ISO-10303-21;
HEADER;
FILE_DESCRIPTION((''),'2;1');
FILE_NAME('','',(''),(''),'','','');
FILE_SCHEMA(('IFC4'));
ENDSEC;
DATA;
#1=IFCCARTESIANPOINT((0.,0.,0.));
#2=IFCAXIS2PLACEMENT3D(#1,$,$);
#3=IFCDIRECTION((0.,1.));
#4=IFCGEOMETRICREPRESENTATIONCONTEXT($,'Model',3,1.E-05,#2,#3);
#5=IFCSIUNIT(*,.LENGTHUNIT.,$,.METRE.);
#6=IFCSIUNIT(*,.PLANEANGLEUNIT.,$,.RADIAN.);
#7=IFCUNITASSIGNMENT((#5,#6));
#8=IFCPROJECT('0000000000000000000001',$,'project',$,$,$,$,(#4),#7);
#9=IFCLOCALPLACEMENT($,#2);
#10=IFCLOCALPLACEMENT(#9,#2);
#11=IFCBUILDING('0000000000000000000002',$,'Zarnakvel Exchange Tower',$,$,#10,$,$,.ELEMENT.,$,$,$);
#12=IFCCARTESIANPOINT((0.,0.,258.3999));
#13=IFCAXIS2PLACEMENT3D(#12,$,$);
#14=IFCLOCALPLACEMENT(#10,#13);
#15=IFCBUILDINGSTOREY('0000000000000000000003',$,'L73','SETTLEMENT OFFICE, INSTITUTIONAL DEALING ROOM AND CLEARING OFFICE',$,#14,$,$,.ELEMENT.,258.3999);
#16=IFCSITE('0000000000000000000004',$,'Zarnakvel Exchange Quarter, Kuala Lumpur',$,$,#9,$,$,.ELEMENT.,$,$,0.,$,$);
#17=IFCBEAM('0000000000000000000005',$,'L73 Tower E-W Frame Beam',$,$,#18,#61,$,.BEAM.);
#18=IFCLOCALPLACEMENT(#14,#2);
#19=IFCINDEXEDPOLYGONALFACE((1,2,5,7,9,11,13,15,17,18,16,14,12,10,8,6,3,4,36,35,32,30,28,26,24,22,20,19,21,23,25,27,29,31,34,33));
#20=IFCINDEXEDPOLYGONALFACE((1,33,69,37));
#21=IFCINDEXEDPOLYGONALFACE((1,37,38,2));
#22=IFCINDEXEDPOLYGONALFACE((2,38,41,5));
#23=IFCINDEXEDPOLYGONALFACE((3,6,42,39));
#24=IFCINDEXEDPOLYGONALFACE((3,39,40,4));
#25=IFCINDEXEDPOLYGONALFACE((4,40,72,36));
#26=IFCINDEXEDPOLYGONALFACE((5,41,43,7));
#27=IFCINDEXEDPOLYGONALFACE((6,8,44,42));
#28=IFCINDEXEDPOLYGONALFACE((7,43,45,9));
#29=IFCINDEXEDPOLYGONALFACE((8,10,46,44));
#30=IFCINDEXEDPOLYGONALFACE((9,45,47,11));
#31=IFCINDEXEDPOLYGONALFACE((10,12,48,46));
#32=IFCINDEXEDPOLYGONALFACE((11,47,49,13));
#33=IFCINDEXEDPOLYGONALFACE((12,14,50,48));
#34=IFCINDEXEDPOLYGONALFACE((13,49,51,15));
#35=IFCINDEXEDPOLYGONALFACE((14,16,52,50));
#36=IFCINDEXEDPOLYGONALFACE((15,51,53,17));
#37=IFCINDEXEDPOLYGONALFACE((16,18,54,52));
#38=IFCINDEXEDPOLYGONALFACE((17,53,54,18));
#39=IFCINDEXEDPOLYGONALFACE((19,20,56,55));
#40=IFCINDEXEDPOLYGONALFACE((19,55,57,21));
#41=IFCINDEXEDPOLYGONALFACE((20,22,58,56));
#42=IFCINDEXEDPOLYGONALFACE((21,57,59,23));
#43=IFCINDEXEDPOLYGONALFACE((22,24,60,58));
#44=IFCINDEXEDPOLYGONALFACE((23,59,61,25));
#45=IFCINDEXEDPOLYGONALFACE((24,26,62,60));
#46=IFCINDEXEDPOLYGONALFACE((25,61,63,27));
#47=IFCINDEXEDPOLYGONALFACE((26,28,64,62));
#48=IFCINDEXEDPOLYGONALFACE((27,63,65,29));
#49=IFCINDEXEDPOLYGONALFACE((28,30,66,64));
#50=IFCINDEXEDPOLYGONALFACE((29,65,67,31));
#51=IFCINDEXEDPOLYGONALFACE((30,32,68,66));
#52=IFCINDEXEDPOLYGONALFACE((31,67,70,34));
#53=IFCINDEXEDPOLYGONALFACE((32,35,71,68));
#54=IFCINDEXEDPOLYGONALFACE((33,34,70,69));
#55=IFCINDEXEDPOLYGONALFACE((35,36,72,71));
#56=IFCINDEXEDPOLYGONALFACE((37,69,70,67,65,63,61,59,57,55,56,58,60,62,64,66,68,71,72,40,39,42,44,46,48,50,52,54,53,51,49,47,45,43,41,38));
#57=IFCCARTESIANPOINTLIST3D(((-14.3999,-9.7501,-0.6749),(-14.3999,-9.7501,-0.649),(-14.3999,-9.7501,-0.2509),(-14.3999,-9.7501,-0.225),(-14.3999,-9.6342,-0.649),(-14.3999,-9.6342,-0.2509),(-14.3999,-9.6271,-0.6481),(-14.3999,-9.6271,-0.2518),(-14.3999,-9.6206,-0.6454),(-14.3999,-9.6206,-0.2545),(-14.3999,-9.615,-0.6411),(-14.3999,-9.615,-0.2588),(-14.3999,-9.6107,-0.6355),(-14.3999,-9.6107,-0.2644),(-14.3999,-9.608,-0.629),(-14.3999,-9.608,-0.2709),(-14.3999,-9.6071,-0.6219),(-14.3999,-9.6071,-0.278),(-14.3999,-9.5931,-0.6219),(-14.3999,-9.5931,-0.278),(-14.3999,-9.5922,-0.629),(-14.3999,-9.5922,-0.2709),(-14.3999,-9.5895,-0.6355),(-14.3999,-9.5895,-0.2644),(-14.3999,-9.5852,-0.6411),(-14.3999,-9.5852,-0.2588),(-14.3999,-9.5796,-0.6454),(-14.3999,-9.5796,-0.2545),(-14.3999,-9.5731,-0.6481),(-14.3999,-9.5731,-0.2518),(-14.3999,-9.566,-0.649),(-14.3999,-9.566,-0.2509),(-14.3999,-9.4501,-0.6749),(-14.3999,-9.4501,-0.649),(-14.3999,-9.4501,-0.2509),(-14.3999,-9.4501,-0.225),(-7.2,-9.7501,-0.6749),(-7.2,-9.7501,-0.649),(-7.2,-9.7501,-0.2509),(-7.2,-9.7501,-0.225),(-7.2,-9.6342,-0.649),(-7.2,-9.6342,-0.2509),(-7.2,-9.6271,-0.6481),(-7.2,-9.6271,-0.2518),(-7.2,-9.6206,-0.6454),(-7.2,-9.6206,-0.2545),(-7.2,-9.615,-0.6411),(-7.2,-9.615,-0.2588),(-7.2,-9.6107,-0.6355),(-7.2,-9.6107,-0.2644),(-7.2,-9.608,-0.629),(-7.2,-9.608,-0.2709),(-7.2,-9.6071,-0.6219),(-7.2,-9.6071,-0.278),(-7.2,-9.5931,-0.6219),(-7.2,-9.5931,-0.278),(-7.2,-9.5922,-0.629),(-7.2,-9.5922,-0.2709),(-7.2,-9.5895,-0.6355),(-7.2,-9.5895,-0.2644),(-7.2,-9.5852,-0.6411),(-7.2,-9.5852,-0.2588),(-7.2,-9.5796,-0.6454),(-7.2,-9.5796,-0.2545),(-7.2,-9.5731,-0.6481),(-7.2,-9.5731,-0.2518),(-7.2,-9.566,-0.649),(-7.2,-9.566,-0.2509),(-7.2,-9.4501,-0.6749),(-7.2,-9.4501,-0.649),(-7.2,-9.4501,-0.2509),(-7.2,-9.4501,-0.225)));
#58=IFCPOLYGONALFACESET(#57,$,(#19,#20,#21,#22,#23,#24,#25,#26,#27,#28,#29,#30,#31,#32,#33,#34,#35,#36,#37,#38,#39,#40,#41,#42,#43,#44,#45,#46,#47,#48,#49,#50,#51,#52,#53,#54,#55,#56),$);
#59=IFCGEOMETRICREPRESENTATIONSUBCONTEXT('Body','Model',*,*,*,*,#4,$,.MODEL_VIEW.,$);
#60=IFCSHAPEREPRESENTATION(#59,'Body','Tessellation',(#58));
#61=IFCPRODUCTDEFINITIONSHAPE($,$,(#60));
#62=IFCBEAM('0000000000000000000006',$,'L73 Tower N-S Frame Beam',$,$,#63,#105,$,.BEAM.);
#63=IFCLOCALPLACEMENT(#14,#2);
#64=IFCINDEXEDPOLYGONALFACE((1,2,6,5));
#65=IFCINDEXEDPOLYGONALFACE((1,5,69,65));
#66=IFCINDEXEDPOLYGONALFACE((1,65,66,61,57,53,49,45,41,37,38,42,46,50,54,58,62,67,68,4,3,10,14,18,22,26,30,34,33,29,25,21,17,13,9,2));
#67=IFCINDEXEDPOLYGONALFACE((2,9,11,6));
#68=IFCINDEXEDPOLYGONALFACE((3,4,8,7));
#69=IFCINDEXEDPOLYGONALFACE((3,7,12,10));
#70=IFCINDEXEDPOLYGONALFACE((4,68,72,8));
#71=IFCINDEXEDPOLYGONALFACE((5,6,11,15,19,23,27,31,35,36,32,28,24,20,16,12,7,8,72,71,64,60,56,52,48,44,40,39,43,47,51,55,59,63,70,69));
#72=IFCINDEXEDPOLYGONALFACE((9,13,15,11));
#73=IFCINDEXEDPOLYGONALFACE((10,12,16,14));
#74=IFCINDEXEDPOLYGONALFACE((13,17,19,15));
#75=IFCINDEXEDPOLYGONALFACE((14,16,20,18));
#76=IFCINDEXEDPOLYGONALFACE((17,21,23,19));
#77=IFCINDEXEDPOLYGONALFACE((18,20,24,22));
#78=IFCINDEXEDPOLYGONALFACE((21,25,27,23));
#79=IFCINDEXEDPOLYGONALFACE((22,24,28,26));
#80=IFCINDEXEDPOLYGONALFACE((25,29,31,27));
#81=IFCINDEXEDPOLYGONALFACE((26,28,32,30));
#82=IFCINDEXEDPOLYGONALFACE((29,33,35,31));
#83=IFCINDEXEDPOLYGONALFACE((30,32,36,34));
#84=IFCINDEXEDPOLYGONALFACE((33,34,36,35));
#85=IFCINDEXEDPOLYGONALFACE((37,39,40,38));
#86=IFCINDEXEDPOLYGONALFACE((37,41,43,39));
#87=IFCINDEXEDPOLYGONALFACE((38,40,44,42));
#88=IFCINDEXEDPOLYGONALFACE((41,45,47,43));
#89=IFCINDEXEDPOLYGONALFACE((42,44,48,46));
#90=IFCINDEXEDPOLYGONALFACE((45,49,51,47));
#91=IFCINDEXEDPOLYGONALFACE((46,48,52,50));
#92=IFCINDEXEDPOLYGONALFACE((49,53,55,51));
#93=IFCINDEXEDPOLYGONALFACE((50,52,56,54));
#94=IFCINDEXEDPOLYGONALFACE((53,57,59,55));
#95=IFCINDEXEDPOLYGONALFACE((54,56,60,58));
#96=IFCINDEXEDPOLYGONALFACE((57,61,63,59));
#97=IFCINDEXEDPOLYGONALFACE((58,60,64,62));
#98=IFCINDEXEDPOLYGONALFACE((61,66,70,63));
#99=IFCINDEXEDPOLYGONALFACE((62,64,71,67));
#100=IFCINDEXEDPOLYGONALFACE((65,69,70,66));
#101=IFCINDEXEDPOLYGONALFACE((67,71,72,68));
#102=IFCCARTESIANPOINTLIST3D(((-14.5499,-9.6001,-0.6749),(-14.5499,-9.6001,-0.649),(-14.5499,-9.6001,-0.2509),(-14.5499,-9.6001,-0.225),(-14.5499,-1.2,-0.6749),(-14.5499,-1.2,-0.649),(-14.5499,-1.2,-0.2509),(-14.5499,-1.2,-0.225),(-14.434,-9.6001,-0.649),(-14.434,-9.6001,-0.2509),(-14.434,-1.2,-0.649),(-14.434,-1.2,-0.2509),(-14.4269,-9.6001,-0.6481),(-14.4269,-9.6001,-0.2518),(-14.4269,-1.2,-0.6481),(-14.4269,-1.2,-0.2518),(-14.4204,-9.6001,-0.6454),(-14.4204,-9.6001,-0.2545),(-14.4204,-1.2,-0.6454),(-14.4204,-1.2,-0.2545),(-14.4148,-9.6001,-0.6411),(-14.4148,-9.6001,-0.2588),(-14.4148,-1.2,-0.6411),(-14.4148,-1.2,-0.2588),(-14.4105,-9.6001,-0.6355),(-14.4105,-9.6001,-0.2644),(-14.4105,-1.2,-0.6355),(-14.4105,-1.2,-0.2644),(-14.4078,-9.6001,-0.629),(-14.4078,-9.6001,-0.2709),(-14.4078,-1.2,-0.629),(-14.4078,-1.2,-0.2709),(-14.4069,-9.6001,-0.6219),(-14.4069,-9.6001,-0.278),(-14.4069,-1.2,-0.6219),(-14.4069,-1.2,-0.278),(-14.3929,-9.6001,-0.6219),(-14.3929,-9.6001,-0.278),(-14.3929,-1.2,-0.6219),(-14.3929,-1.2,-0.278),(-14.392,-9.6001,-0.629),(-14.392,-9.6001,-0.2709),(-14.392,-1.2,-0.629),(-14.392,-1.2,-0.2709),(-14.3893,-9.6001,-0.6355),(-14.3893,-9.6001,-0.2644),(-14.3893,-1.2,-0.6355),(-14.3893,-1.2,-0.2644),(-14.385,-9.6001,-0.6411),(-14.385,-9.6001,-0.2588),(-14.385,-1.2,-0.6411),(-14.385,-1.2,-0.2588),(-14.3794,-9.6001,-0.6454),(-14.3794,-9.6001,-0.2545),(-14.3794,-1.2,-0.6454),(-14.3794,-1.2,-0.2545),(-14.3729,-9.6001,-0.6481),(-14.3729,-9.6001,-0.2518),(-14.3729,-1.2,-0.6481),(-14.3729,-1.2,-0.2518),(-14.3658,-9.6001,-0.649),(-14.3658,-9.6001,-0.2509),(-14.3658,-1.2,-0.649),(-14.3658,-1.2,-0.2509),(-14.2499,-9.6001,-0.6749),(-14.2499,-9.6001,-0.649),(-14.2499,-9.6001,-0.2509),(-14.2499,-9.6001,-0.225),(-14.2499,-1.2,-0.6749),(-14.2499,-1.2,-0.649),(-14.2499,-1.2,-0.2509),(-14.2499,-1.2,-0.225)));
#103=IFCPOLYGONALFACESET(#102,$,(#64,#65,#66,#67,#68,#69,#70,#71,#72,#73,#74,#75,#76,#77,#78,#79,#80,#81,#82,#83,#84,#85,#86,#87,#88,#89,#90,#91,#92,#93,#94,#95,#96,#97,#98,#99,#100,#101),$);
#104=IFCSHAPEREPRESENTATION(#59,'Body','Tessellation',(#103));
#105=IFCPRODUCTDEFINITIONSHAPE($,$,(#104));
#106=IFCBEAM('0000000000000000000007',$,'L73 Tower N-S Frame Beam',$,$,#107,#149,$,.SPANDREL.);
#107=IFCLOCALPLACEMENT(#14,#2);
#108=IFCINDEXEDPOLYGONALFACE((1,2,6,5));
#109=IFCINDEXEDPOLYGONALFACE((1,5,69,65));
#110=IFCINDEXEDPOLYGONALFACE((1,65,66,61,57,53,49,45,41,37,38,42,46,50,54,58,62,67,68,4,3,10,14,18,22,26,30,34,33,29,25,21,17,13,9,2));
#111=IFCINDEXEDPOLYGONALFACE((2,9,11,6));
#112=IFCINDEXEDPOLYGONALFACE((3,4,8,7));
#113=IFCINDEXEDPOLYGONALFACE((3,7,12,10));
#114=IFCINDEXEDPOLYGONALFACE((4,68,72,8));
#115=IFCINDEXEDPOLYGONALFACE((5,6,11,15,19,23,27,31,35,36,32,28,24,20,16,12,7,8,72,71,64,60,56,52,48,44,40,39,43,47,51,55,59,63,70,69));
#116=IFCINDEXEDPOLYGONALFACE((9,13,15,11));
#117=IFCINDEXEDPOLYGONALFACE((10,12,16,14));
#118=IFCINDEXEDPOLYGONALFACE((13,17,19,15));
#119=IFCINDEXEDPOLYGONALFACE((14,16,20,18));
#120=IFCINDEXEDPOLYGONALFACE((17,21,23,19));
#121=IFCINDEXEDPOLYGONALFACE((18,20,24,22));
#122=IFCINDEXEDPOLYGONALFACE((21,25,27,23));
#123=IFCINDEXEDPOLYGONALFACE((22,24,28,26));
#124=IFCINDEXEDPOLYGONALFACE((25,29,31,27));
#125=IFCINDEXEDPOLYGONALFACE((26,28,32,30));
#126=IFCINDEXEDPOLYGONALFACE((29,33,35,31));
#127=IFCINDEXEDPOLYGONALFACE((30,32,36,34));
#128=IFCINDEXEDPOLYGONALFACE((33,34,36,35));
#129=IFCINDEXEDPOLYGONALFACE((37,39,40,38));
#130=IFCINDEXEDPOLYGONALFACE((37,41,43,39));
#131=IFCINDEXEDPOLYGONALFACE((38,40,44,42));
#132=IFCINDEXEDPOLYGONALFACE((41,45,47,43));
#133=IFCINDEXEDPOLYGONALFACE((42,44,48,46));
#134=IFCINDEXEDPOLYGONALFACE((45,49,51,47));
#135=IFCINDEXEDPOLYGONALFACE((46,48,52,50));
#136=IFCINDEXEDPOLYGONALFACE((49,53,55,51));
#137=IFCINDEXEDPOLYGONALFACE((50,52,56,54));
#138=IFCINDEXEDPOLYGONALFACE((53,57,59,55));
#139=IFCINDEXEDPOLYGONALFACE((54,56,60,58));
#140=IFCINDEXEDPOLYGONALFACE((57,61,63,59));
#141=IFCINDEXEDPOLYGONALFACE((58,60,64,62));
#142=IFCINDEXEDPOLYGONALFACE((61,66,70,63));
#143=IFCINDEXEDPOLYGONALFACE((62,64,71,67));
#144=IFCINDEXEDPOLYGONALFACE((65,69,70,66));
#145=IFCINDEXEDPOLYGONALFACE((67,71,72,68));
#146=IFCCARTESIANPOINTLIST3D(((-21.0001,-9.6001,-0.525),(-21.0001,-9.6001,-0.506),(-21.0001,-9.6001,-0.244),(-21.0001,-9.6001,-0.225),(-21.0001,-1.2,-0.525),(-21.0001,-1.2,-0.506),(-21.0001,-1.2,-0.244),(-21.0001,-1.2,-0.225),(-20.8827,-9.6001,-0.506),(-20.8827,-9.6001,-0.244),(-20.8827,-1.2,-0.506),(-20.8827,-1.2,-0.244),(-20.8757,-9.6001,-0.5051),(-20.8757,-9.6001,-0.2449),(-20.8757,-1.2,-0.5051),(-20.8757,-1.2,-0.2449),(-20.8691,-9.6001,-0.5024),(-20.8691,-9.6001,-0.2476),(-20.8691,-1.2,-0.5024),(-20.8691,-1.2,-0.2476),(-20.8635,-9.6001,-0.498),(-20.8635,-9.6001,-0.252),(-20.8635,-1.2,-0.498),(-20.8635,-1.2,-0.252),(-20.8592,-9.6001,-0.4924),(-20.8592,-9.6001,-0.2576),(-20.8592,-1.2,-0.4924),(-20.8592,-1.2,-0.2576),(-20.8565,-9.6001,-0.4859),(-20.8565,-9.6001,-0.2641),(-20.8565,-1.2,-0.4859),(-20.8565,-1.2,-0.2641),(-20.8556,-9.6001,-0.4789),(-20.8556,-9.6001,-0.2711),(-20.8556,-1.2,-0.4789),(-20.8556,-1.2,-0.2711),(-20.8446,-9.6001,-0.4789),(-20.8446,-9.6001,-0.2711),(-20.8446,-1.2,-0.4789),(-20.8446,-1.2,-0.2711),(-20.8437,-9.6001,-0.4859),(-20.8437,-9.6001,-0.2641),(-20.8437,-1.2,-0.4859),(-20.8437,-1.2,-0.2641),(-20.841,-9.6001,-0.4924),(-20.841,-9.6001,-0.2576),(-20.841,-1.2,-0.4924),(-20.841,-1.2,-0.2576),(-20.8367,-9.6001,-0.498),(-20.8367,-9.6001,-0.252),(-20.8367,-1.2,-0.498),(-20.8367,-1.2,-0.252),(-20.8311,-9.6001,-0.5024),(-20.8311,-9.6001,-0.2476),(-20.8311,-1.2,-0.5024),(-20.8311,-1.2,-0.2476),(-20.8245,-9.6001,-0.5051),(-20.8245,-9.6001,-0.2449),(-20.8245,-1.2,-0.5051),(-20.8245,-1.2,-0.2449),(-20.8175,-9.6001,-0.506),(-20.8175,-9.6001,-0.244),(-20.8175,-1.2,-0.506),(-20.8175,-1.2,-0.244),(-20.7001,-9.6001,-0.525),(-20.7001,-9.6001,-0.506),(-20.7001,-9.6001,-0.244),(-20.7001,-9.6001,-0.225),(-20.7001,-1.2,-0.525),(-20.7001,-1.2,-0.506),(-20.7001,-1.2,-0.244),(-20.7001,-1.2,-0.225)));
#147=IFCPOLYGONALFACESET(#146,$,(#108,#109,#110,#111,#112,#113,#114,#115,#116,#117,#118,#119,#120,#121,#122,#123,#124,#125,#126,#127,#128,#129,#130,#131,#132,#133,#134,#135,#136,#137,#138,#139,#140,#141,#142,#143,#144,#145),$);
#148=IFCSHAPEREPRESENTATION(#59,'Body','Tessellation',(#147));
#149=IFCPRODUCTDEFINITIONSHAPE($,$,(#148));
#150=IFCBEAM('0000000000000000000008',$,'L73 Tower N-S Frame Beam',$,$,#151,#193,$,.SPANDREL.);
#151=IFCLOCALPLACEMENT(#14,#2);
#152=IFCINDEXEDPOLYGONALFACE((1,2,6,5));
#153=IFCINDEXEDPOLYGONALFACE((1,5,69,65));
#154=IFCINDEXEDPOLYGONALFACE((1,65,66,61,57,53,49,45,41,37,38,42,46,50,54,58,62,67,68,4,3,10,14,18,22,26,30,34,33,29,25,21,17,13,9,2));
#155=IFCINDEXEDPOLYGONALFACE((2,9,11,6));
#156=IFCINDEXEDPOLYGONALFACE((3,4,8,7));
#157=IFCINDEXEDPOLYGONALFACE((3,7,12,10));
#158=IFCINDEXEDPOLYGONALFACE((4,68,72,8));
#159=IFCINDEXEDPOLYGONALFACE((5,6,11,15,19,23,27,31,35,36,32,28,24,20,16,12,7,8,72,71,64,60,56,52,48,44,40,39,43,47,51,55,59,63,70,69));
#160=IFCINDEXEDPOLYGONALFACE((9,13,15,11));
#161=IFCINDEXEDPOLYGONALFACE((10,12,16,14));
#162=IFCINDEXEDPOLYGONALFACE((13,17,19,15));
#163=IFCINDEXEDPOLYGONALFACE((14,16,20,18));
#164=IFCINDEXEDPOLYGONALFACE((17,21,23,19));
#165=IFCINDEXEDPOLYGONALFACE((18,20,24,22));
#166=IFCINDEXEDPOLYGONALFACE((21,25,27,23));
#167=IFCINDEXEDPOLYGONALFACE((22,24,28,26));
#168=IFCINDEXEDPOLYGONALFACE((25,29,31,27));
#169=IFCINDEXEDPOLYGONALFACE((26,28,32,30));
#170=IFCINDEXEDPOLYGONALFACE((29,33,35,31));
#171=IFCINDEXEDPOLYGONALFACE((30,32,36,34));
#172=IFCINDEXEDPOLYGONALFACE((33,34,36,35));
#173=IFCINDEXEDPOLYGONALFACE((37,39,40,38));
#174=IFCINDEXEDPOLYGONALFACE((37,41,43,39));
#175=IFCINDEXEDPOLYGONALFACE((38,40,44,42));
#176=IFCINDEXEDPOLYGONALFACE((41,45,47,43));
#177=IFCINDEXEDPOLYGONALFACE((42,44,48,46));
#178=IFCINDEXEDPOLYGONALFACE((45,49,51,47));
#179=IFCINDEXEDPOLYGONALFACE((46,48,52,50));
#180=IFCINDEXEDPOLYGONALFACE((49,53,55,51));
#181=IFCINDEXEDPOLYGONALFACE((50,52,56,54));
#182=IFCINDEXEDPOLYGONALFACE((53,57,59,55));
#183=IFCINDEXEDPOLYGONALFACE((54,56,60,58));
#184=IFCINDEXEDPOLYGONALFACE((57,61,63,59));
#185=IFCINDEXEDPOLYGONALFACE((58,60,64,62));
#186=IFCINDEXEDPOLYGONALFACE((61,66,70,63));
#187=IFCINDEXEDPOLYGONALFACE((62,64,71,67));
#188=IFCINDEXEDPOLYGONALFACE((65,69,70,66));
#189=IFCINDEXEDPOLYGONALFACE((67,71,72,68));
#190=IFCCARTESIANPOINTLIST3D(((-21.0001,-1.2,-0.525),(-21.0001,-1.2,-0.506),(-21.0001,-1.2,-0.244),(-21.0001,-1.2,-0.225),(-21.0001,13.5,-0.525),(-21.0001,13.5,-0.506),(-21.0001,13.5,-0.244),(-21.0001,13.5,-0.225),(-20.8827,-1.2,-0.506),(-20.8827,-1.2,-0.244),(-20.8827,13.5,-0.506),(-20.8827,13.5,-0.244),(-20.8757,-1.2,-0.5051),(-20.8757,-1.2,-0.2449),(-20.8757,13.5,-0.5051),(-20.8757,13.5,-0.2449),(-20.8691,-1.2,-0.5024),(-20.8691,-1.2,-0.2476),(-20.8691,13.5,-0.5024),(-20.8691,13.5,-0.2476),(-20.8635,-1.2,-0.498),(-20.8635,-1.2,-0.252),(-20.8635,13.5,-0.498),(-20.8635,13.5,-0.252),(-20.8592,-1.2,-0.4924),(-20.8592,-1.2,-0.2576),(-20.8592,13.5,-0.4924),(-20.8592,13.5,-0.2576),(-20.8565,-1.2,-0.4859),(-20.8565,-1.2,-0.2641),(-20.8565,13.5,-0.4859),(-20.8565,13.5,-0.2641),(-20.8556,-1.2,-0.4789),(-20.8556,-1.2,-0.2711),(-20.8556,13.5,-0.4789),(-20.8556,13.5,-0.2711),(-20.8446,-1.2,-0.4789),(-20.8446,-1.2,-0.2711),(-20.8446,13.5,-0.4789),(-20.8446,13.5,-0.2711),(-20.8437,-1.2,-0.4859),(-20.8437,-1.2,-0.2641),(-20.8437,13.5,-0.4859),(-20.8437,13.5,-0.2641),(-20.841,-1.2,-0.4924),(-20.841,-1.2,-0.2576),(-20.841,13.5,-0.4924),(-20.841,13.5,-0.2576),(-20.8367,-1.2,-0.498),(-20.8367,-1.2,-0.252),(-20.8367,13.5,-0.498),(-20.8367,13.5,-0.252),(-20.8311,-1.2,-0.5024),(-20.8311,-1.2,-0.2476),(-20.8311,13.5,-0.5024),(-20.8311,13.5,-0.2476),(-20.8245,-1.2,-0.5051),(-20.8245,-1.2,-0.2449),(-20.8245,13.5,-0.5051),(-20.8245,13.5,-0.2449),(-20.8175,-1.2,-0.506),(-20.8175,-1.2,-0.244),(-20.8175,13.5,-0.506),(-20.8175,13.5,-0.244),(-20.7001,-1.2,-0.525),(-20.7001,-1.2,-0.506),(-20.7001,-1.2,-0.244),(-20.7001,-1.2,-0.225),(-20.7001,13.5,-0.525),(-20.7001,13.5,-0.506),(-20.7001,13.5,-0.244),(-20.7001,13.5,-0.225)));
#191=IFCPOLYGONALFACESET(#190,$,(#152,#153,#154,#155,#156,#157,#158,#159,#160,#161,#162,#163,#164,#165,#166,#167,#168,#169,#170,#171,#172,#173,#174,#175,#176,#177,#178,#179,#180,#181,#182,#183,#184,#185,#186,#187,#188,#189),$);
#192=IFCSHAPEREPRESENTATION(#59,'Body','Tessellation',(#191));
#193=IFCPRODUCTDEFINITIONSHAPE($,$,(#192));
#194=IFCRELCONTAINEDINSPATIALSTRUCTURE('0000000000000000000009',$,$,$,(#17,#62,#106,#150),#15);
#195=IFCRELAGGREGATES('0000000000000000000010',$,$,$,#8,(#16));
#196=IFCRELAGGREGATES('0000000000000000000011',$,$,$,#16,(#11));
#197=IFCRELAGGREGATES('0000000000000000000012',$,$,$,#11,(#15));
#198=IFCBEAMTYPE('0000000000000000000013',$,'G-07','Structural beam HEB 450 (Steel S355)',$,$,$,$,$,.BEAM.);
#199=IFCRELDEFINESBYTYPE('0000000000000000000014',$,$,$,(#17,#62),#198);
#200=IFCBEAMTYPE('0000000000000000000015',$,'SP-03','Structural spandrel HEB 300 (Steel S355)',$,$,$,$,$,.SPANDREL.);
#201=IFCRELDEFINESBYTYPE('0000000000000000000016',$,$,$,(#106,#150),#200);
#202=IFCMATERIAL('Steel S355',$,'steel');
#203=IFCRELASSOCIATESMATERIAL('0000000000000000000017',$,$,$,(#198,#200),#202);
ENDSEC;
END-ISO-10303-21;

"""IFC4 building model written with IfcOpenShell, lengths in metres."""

from ifc_helpers import new_model, si_unit, direction, frame, origin, origin_2d, place, context, subcontext, project, spatial, i_section, extrude, material, material_profile, profile_set, type_object, element, save


model = new_model("IFC4")

# Units and contexts
model_context = context("Model", 3, precision=1e-05, world=origin(), true_north=direction((0.0, 1.0)))
body_context = subcontext(model_context, "Body", "Model", "MODEL_VIEW")
ifc_project = project(units=[si_unit("LENGTHUNIT", "METRE"), si_unit("PLANEANGLEUNIT", "RADIAN")], contexts=[model_context])

# Site, building, storey
site_placement = place(None, origin())
site = spatial("IfcSite", under=ifc_project, at=site_placement, Name="Zarnakvel Exchange Quarter, Kuala Lumpur", CompositionType="ELEMENT", RefElevation=0.0)
building_placement = place(site_placement, origin())
building = spatial("IfcBuilding", under=site, at=building_placement, Name="Zarnakvel Exchange Tower", CompositionType="ELEMENT")
storey_placement = place(building_placement, frame((0.0, 0.0, 258.3999)))
storey = spatial("IfcBuildingStorey", under=building, at=storey_placement, Name="L73", Description="SETTLEMENT OFFICE, INSTITUTIONAL DEALING ROOM AND CLEARING OFFICE", CompositionType="ELEMENT", Elevation=258.3999)

# Shared definitions
ifc_material_1 = material(Name="Steel S355", Category="steel")

# Beams
ifc_material_profile_1 = material_profile(ifc_material_1, i_section(OverallWidth=0.3, OverallDepth=0.45, WebThickness=0.0139, FlangeThickness=0.0259, FilletRadius=0.0271, at=origin_2d()))
ifc_profile_set_1 = profile_set([ifc_material_profile_1], Name="Steel S355")
beam_type_1 = type_object("IfcBeamType", Name="G-07", Description="Structural beam HEB 450 (Steel S355)", PredefinedType="BEAM", material=ifc_profile_set_1)
beam_1_placement = place(storey_placement, frame((-14.3999, -9.6001, -0.45), z_axis=(1.0, 0.0, 0.0), x_axis=(0.0, 1.0, 0.0)))
element("IfcBeam", 1, at=beam_1_placement, inside=storey, type_object=beam_type_1, Name="L73 Tower E-W Frame Beam", PredefinedType="BEAM", context=body_context, shape_type="SweptSolid", body=[
    extrude(i_section(OverallWidth=0.3, OverallDepth=0.45, WebThickness=0.0139, FlangeThickness=0.0259, FilletRadius=0.0271, at=origin_2d()), origin(), (0.0, 0.0, 1.0), 7.2),
])
beam_2_placement = place(storey_placement, frame((-14.3999, -9.6001, -0.45), z_axis=(0.0, 1.0, 0.0), x_axis=(-1.0, 0.0, 0.0)))
element("IfcBeam", 2, at=beam_2_placement, inside=storey, type_object=beam_type_1, Name="L73 Tower N-S Frame Beam", PredefinedType="BEAM", context=body_context, shape_type="SweptSolid", body=[
    extrude(i_section(OverallWidth=0.3, OverallDepth=0.45, WebThickness=0.0139, FlangeThickness=0.0259, FilletRadius=0.0271, at=origin_2d()), origin(), (0.0, 0.0, 1.0), 8.4001),
])
ifc_material_profile_2 = material_profile(ifc_material_1, i_section(OverallWidth=0.3, OverallDepth=0.3, WebThickness=0.011, FlangeThickness=0.019, FilletRadius=0.0271, at=origin_2d()))
ifc_profile_set_2 = profile_set([ifc_material_profile_2], Name="Steel S355")
beam_type_2 = type_object("IfcBeamType", Name="SP-03", Description="Structural spandrel HEB 300 (Steel S355)", PredefinedType="SPANDREL", material=ifc_profile_set_2)
beam_3_placement = place(storey_placement, frame((-20.8501, -9.6001, -0.375), z_axis=(0.0, 1.0, 0.0), x_axis=(-1.0, 0.0, 0.0)))
element("IfcBeam", 3, at=beam_3_placement, inside=storey, type_object=beam_type_2, Name="L73 Tower N-S Frame Beam", PredefinedType="SPANDREL", context=body_context, shape_type="SweptSolid", body=[
    extrude(i_section(OverallWidth=0.3, OverallDepth=0.3, WebThickness=0.011, FlangeThickness=0.019, FilletRadius=0.0271, at=origin_2d()), origin(), (0.0, 0.0, 1.0), 8.4001),
])
beam_4_placement = place(storey_placement, frame((-20.8501, -1.2, -0.375), z_axis=(0.0, 1.0, 0.0), x_axis=(-1.0, 0.0, 0.0)))
element("IfcBeam", 4, at=beam_4_placement, inside=storey, type_object=beam_type_2, Name="L73 Tower N-S Frame Beam", PredefinedType="SPANDREL", context=body_context, shape_type="SweptSolid", body=[
    extrude(i_section(OverallWidth=0.3, OverallDepth=0.3, WebThickness=0.011, FlangeThickness=0.019, FilletRadius=0.0271, at=origin_2d()), origin(), (0.0, 0.0, 1.0), 14.7),
])

save(model, "model.ifc")
